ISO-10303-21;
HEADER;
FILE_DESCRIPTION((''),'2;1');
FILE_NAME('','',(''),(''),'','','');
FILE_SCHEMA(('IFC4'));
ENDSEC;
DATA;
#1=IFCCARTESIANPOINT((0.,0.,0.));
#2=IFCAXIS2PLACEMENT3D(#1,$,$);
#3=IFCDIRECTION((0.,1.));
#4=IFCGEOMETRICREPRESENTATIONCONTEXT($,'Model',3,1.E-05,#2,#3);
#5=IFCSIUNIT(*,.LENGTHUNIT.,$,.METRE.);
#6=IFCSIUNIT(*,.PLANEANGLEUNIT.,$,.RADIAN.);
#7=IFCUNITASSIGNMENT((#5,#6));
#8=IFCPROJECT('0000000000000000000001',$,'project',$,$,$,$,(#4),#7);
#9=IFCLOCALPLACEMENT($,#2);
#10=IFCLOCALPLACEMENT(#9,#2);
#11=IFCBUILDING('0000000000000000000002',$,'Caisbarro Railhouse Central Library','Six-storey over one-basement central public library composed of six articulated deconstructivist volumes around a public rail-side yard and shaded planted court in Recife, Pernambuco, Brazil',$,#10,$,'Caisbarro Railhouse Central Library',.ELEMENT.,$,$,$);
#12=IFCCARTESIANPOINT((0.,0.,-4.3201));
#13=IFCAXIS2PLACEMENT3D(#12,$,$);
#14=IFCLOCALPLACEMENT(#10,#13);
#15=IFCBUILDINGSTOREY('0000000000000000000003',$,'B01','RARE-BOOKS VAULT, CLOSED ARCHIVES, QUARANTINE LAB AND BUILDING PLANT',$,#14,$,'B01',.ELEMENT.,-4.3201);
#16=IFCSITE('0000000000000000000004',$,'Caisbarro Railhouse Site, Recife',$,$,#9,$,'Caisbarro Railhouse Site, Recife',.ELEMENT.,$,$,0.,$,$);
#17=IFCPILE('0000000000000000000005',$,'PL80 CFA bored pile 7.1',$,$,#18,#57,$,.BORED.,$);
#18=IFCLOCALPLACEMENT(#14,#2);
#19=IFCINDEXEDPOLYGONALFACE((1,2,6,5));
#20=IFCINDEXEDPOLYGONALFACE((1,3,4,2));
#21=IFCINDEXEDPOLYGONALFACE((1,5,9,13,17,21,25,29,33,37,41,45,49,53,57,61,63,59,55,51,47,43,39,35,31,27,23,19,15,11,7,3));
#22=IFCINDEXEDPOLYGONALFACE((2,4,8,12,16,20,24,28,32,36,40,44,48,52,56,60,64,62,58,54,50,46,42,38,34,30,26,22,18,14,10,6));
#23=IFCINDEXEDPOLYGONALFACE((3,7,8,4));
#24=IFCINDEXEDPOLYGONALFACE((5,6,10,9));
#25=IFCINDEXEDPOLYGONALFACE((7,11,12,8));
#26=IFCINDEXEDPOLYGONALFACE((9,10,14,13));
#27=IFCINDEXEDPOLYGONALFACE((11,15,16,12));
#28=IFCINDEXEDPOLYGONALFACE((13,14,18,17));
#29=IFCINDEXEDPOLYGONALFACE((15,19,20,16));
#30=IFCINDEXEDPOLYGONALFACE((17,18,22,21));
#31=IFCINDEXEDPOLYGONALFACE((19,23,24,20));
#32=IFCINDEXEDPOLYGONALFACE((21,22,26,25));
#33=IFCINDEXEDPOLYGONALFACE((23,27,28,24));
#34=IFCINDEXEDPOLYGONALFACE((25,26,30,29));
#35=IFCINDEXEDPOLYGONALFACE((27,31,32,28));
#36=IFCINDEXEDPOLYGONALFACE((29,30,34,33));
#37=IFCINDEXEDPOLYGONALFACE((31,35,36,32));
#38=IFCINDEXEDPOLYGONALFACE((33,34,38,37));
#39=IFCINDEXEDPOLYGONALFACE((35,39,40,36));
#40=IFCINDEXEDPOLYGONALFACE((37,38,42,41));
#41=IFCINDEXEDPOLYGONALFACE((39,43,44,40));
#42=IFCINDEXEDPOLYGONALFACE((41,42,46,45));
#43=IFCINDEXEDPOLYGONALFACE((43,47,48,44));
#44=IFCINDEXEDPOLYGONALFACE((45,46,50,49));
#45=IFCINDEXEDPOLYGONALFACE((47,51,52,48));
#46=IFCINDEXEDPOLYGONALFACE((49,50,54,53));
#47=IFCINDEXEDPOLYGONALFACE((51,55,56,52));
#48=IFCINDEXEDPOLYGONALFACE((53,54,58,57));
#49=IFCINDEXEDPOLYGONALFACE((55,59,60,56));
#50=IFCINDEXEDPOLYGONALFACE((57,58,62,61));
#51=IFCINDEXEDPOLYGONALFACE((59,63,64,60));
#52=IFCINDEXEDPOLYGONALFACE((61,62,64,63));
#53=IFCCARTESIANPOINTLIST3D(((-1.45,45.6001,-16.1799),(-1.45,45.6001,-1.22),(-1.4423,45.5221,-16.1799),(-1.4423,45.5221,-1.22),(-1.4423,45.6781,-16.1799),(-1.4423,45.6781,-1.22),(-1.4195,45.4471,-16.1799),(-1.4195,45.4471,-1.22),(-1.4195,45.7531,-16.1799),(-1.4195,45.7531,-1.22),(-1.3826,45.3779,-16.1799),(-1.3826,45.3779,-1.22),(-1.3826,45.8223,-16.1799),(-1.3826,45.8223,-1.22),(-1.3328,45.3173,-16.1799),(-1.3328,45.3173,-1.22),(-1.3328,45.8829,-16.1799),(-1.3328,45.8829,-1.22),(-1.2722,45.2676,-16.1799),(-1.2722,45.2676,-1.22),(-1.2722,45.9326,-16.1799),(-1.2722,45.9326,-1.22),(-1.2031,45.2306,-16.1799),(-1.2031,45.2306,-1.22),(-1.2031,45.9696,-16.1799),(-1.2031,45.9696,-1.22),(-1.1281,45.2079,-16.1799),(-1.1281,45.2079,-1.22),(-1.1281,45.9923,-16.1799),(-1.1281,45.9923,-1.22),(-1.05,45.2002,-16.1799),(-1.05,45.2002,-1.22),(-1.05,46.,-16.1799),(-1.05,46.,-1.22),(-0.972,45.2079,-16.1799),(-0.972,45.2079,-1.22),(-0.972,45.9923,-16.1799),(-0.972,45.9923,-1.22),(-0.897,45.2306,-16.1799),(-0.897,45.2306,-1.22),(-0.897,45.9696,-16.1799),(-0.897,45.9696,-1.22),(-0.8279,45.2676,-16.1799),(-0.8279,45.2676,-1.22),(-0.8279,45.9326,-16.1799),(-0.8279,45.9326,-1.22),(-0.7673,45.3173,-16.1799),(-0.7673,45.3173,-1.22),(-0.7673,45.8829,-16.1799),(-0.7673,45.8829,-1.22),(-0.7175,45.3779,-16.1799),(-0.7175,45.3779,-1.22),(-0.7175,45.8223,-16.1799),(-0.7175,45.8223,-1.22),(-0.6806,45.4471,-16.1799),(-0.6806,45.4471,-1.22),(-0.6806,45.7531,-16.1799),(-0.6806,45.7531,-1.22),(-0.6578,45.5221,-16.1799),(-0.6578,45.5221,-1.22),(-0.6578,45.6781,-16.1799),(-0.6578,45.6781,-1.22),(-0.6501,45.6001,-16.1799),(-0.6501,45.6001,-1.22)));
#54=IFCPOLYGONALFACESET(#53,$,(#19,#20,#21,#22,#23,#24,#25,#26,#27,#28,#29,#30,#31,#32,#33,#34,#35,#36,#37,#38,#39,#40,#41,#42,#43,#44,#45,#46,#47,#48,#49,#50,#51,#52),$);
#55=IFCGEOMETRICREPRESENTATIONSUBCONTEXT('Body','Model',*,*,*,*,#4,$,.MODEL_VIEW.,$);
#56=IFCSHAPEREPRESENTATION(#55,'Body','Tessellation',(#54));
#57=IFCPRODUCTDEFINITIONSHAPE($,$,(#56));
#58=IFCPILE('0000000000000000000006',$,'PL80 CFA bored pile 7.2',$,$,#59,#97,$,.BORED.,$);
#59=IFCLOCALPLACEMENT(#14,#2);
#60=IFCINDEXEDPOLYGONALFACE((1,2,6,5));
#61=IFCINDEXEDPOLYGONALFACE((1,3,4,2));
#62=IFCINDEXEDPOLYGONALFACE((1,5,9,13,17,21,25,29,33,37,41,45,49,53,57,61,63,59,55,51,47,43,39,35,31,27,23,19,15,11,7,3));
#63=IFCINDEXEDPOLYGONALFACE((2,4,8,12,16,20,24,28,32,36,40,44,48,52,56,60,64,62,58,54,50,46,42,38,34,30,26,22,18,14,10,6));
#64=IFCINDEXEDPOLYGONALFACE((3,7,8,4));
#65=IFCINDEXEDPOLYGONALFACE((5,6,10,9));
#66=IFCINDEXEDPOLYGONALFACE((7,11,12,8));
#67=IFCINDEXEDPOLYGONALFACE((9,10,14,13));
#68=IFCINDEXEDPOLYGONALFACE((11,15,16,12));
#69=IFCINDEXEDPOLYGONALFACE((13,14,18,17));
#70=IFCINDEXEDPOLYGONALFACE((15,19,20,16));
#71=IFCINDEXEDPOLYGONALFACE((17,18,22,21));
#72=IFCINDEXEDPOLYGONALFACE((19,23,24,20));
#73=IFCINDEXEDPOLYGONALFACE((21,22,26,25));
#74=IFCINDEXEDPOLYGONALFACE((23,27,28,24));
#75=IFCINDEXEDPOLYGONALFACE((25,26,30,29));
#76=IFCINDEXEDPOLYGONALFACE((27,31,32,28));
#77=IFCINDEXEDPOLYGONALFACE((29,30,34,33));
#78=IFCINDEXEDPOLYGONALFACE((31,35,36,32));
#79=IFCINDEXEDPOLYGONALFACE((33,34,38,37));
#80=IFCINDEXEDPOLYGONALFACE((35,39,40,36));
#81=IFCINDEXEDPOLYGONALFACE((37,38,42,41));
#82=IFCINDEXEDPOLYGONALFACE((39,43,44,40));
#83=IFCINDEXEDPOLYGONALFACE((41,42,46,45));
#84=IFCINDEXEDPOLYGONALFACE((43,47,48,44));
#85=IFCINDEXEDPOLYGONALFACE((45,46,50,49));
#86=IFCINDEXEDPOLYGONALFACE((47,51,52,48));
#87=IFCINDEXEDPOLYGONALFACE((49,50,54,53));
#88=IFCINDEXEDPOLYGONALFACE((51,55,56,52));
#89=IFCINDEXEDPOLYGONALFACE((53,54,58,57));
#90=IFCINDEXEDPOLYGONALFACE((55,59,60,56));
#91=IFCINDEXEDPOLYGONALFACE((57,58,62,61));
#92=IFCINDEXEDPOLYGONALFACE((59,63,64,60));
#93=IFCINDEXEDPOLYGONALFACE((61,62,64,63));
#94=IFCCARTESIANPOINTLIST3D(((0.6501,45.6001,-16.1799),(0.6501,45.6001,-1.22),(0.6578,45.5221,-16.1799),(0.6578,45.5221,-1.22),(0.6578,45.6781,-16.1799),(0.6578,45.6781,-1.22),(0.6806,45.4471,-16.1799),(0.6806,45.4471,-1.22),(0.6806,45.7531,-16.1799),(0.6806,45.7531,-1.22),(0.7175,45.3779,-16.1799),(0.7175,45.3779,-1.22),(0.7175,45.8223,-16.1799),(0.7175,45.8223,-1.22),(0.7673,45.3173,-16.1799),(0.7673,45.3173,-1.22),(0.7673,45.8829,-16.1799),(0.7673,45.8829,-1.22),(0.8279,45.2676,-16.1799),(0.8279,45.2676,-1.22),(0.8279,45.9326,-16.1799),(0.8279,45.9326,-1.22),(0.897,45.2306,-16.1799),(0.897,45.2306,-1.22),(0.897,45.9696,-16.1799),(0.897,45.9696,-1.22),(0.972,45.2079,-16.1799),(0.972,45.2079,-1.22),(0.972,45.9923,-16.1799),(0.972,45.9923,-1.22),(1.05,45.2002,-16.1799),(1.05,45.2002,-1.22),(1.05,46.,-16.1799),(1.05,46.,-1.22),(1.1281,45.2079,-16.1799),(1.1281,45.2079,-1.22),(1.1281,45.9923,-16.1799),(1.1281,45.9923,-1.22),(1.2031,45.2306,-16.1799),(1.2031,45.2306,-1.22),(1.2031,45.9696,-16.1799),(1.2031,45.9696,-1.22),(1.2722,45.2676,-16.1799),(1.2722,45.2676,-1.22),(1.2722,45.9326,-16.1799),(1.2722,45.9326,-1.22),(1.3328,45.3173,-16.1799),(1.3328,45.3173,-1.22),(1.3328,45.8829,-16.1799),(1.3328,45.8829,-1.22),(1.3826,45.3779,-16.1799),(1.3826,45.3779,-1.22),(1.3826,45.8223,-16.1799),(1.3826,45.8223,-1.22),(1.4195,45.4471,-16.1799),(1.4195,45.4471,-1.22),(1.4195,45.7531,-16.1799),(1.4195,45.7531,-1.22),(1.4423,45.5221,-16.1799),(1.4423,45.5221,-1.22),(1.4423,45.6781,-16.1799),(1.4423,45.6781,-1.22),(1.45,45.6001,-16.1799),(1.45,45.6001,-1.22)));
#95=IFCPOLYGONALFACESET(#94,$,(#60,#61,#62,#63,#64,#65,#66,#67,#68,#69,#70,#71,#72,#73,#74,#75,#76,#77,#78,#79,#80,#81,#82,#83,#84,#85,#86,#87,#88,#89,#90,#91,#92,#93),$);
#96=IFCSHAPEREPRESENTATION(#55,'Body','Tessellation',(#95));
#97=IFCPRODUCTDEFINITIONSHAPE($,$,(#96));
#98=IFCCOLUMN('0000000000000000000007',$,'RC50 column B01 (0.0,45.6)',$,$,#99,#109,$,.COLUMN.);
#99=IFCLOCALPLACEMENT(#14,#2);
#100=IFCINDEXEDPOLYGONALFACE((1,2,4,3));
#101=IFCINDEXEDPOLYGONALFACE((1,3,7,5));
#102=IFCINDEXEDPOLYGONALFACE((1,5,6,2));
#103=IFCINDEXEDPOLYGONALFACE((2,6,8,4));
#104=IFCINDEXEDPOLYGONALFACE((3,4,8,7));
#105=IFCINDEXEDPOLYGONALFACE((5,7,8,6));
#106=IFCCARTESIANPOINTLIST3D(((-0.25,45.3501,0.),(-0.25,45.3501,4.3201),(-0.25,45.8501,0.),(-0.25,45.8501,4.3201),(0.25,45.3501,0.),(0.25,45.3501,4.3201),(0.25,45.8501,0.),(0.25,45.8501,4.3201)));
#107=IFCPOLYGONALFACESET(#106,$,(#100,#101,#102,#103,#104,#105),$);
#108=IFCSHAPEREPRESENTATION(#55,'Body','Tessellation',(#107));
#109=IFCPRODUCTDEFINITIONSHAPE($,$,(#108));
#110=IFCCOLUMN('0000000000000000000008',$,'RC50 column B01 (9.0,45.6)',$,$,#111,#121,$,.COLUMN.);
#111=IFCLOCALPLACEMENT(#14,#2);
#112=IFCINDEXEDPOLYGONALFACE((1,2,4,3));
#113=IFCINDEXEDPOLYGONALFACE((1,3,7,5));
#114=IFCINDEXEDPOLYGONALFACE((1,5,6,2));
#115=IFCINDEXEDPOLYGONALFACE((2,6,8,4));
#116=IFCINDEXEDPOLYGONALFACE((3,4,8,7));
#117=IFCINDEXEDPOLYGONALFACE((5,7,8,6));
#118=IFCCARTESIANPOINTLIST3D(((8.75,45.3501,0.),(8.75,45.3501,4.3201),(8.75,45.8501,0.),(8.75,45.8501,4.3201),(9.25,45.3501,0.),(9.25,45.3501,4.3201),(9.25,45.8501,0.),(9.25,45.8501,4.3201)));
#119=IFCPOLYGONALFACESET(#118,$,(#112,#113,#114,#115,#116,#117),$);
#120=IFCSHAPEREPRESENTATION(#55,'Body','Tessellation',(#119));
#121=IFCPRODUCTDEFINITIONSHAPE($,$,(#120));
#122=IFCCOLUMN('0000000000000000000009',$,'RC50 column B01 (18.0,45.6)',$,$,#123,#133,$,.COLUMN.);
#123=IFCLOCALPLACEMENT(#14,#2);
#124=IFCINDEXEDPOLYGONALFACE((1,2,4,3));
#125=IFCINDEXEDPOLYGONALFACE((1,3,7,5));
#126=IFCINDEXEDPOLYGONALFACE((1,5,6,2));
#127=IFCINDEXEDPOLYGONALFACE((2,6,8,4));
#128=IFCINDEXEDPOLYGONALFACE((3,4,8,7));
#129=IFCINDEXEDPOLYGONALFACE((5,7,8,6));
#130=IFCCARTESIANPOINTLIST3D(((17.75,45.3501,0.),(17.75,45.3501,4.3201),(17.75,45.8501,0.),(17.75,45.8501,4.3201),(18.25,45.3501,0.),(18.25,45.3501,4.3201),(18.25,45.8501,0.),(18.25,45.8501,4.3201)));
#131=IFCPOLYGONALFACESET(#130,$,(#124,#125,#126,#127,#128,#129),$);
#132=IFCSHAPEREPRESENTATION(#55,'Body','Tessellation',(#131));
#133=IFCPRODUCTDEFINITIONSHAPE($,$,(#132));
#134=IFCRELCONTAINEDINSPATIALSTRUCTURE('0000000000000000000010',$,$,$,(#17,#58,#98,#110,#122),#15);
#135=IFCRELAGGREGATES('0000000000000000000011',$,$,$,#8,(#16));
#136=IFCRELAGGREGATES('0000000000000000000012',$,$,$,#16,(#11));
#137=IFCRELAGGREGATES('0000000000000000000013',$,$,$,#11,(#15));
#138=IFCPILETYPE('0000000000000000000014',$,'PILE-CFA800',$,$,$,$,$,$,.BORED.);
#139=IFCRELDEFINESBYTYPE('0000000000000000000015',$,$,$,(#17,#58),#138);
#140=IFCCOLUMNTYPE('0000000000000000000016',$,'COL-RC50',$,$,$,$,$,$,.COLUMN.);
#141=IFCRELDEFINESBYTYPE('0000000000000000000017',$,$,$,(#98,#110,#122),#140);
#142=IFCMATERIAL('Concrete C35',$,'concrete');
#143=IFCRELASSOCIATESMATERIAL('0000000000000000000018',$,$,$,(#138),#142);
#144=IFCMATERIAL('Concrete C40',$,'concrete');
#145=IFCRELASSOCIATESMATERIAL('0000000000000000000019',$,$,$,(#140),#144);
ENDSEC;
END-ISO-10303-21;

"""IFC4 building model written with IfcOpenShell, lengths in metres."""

from ifc_helpers import new_model, si_unit, direction, frame, origin, origin_2d, place, context, subcontext, project, spatial, rectangle, circle, extrude, material, material_profile, profile_set, type_object, element, save


model = new_model("IFC4")

# Units and contexts
model_context = context("Model", 3, precision=1e-05, world=origin(), true_north=direction((0.0, 1.0)))
body_context = subcontext(model_context, "Body", "Model", "MODEL_VIEW")
ifc_project = project(units=[si_unit("LENGTHUNIT", "METRE"), si_unit("PLANEANGLEUNIT", "RADIAN")], contexts=[model_context])

# Site, building, storey
site_placement = place(None, origin())
site = spatial("IfcSite", under=ifc_project, at=site_placement, Name="Caisbarro Railhouse Site, Recife", LongName="Caisbarro Railhouse Site, Recife", CompositionType="ELEMENT", RefElevation=0.0)
building_placement = place(site_placement, origin())
building = spatial("IfcBuilding", under=site, at=building_placement, Name="Caisbarro Railhouse Central Library", Description="Six-storey over one-basement central public library composed of six articulated deconstructivist volumes around a public rail-side yard and shaded planted court in Recife, Pernambuco, Brazil", LongName="Caisbarro Railhouse Central Library", CompositionType="ELEMENT")
storey_placement = place(building_placement, frame((0.0, 0.0, -4.3201)))
storey = spatial("IfcBuildingStorey", under=building, at=storey_placement, Name="B01", Description="RARE-BOOKS VAULT, CLOSED ARCHIVES, QUARANTINE LAB AND BUILDING PLANT", LongName="B01", CompositionType="ELEMENT", Elevation=-4.3201)

# Shared definitions
ifc_material_1 = material(Name="Concrete C35", Category="concrete")
ifc_material_2 = material(Name="Concrete C40", Category="concrete")

# Piles
ifc_material_profile_1 = material_profile(ifc_material_1, circle(Radius=0.3999, at=origin_2d()), Name="PILE-CFA-800")
ifc_profile_set_1 = profile_set([ifc_material_profile_1], Name="Concrete C35")
pile_type_1 = type_object("IfcPileType", Name="PILE-CFA800", PredefinedType="BORED", material=ifc_profile_set_1)
for number, where, z_axis, x_axis, name in (
    (1, (-1.05, 45.6001, -1.22), (0.0, 0.0, -1.0), (1.0, 0.0, 0.0), "PL80 CFA bored pile 7.1"),
    (2, (1.05, 45.6001, -1.22), (0.0, 0.0, -1.0), (1.0, 0.0, 0.0), "PL80 CFA bored pile 7.2"),
):
    element("IfcPile", number, at=place(storey_placement, frame(where, z_axis=z_axis, x_axis=x_axis)), inside=storey, type_object=pile_type_1, Name=name, PredefinedType="BORED", context=body_context, shape_type="SweptSolid", body=[
        extrude(circle(Radius=0.3999, at=origin_2d()), origin(), (0.0, 0.0, 1.0), 14.96),
    ])

# Columns
ifc_material_profile_2 = material_profile(ifc_material_2, rectangle(XDim=0.5, YDim=0.5, at=origin_2d()), Name="RC-COL-500X500")
ifc_profile_set_2 = profile_set([ifc_material_profile_2], Name="Concrete C40")
column_type = type_object("IfcColumnType", Name="COL-RC50", PredefinedType="COLUMN", material=ifc_profile_set_2)
for number, where, z_axis, x_axis, name in (
    (3, (0.0, 45.6001, 0.0), (0.0, 0.0, 1.0), (1.0, 0.0, 0.0), "RC50 column B01 (0.0,45.6)"),
    (4, (9.0, 45.6001, 0.0), (0.0, 0.0, 1.0), (1.0, 0.0, 0.0), "RC50 column B01 (9.0,45.6)"),
    (5, (18.0, 45.6001, 0.0), (0.0, 0.0, 1.0), (1.0, 0.0, 0.0), "RC50 column B01 (18.0,45.6)"),
):
    element("IfcColumn", number, at=place(storey_placement, frame(where, z_axis=z_axis, x_axis=x_axis)), inside=storey, type_object=column_type, Name=name, PredefinedType="COLUMN", context=body_context, shape_type="SweptSolid", body=[
        extrude(rectangle(XDim=0.5, YDim=0.5, at=origin_2d()), origin(), (0.0, 0.0, 1.0), 4.3201),
    ])

save(model, "model.ifc")
